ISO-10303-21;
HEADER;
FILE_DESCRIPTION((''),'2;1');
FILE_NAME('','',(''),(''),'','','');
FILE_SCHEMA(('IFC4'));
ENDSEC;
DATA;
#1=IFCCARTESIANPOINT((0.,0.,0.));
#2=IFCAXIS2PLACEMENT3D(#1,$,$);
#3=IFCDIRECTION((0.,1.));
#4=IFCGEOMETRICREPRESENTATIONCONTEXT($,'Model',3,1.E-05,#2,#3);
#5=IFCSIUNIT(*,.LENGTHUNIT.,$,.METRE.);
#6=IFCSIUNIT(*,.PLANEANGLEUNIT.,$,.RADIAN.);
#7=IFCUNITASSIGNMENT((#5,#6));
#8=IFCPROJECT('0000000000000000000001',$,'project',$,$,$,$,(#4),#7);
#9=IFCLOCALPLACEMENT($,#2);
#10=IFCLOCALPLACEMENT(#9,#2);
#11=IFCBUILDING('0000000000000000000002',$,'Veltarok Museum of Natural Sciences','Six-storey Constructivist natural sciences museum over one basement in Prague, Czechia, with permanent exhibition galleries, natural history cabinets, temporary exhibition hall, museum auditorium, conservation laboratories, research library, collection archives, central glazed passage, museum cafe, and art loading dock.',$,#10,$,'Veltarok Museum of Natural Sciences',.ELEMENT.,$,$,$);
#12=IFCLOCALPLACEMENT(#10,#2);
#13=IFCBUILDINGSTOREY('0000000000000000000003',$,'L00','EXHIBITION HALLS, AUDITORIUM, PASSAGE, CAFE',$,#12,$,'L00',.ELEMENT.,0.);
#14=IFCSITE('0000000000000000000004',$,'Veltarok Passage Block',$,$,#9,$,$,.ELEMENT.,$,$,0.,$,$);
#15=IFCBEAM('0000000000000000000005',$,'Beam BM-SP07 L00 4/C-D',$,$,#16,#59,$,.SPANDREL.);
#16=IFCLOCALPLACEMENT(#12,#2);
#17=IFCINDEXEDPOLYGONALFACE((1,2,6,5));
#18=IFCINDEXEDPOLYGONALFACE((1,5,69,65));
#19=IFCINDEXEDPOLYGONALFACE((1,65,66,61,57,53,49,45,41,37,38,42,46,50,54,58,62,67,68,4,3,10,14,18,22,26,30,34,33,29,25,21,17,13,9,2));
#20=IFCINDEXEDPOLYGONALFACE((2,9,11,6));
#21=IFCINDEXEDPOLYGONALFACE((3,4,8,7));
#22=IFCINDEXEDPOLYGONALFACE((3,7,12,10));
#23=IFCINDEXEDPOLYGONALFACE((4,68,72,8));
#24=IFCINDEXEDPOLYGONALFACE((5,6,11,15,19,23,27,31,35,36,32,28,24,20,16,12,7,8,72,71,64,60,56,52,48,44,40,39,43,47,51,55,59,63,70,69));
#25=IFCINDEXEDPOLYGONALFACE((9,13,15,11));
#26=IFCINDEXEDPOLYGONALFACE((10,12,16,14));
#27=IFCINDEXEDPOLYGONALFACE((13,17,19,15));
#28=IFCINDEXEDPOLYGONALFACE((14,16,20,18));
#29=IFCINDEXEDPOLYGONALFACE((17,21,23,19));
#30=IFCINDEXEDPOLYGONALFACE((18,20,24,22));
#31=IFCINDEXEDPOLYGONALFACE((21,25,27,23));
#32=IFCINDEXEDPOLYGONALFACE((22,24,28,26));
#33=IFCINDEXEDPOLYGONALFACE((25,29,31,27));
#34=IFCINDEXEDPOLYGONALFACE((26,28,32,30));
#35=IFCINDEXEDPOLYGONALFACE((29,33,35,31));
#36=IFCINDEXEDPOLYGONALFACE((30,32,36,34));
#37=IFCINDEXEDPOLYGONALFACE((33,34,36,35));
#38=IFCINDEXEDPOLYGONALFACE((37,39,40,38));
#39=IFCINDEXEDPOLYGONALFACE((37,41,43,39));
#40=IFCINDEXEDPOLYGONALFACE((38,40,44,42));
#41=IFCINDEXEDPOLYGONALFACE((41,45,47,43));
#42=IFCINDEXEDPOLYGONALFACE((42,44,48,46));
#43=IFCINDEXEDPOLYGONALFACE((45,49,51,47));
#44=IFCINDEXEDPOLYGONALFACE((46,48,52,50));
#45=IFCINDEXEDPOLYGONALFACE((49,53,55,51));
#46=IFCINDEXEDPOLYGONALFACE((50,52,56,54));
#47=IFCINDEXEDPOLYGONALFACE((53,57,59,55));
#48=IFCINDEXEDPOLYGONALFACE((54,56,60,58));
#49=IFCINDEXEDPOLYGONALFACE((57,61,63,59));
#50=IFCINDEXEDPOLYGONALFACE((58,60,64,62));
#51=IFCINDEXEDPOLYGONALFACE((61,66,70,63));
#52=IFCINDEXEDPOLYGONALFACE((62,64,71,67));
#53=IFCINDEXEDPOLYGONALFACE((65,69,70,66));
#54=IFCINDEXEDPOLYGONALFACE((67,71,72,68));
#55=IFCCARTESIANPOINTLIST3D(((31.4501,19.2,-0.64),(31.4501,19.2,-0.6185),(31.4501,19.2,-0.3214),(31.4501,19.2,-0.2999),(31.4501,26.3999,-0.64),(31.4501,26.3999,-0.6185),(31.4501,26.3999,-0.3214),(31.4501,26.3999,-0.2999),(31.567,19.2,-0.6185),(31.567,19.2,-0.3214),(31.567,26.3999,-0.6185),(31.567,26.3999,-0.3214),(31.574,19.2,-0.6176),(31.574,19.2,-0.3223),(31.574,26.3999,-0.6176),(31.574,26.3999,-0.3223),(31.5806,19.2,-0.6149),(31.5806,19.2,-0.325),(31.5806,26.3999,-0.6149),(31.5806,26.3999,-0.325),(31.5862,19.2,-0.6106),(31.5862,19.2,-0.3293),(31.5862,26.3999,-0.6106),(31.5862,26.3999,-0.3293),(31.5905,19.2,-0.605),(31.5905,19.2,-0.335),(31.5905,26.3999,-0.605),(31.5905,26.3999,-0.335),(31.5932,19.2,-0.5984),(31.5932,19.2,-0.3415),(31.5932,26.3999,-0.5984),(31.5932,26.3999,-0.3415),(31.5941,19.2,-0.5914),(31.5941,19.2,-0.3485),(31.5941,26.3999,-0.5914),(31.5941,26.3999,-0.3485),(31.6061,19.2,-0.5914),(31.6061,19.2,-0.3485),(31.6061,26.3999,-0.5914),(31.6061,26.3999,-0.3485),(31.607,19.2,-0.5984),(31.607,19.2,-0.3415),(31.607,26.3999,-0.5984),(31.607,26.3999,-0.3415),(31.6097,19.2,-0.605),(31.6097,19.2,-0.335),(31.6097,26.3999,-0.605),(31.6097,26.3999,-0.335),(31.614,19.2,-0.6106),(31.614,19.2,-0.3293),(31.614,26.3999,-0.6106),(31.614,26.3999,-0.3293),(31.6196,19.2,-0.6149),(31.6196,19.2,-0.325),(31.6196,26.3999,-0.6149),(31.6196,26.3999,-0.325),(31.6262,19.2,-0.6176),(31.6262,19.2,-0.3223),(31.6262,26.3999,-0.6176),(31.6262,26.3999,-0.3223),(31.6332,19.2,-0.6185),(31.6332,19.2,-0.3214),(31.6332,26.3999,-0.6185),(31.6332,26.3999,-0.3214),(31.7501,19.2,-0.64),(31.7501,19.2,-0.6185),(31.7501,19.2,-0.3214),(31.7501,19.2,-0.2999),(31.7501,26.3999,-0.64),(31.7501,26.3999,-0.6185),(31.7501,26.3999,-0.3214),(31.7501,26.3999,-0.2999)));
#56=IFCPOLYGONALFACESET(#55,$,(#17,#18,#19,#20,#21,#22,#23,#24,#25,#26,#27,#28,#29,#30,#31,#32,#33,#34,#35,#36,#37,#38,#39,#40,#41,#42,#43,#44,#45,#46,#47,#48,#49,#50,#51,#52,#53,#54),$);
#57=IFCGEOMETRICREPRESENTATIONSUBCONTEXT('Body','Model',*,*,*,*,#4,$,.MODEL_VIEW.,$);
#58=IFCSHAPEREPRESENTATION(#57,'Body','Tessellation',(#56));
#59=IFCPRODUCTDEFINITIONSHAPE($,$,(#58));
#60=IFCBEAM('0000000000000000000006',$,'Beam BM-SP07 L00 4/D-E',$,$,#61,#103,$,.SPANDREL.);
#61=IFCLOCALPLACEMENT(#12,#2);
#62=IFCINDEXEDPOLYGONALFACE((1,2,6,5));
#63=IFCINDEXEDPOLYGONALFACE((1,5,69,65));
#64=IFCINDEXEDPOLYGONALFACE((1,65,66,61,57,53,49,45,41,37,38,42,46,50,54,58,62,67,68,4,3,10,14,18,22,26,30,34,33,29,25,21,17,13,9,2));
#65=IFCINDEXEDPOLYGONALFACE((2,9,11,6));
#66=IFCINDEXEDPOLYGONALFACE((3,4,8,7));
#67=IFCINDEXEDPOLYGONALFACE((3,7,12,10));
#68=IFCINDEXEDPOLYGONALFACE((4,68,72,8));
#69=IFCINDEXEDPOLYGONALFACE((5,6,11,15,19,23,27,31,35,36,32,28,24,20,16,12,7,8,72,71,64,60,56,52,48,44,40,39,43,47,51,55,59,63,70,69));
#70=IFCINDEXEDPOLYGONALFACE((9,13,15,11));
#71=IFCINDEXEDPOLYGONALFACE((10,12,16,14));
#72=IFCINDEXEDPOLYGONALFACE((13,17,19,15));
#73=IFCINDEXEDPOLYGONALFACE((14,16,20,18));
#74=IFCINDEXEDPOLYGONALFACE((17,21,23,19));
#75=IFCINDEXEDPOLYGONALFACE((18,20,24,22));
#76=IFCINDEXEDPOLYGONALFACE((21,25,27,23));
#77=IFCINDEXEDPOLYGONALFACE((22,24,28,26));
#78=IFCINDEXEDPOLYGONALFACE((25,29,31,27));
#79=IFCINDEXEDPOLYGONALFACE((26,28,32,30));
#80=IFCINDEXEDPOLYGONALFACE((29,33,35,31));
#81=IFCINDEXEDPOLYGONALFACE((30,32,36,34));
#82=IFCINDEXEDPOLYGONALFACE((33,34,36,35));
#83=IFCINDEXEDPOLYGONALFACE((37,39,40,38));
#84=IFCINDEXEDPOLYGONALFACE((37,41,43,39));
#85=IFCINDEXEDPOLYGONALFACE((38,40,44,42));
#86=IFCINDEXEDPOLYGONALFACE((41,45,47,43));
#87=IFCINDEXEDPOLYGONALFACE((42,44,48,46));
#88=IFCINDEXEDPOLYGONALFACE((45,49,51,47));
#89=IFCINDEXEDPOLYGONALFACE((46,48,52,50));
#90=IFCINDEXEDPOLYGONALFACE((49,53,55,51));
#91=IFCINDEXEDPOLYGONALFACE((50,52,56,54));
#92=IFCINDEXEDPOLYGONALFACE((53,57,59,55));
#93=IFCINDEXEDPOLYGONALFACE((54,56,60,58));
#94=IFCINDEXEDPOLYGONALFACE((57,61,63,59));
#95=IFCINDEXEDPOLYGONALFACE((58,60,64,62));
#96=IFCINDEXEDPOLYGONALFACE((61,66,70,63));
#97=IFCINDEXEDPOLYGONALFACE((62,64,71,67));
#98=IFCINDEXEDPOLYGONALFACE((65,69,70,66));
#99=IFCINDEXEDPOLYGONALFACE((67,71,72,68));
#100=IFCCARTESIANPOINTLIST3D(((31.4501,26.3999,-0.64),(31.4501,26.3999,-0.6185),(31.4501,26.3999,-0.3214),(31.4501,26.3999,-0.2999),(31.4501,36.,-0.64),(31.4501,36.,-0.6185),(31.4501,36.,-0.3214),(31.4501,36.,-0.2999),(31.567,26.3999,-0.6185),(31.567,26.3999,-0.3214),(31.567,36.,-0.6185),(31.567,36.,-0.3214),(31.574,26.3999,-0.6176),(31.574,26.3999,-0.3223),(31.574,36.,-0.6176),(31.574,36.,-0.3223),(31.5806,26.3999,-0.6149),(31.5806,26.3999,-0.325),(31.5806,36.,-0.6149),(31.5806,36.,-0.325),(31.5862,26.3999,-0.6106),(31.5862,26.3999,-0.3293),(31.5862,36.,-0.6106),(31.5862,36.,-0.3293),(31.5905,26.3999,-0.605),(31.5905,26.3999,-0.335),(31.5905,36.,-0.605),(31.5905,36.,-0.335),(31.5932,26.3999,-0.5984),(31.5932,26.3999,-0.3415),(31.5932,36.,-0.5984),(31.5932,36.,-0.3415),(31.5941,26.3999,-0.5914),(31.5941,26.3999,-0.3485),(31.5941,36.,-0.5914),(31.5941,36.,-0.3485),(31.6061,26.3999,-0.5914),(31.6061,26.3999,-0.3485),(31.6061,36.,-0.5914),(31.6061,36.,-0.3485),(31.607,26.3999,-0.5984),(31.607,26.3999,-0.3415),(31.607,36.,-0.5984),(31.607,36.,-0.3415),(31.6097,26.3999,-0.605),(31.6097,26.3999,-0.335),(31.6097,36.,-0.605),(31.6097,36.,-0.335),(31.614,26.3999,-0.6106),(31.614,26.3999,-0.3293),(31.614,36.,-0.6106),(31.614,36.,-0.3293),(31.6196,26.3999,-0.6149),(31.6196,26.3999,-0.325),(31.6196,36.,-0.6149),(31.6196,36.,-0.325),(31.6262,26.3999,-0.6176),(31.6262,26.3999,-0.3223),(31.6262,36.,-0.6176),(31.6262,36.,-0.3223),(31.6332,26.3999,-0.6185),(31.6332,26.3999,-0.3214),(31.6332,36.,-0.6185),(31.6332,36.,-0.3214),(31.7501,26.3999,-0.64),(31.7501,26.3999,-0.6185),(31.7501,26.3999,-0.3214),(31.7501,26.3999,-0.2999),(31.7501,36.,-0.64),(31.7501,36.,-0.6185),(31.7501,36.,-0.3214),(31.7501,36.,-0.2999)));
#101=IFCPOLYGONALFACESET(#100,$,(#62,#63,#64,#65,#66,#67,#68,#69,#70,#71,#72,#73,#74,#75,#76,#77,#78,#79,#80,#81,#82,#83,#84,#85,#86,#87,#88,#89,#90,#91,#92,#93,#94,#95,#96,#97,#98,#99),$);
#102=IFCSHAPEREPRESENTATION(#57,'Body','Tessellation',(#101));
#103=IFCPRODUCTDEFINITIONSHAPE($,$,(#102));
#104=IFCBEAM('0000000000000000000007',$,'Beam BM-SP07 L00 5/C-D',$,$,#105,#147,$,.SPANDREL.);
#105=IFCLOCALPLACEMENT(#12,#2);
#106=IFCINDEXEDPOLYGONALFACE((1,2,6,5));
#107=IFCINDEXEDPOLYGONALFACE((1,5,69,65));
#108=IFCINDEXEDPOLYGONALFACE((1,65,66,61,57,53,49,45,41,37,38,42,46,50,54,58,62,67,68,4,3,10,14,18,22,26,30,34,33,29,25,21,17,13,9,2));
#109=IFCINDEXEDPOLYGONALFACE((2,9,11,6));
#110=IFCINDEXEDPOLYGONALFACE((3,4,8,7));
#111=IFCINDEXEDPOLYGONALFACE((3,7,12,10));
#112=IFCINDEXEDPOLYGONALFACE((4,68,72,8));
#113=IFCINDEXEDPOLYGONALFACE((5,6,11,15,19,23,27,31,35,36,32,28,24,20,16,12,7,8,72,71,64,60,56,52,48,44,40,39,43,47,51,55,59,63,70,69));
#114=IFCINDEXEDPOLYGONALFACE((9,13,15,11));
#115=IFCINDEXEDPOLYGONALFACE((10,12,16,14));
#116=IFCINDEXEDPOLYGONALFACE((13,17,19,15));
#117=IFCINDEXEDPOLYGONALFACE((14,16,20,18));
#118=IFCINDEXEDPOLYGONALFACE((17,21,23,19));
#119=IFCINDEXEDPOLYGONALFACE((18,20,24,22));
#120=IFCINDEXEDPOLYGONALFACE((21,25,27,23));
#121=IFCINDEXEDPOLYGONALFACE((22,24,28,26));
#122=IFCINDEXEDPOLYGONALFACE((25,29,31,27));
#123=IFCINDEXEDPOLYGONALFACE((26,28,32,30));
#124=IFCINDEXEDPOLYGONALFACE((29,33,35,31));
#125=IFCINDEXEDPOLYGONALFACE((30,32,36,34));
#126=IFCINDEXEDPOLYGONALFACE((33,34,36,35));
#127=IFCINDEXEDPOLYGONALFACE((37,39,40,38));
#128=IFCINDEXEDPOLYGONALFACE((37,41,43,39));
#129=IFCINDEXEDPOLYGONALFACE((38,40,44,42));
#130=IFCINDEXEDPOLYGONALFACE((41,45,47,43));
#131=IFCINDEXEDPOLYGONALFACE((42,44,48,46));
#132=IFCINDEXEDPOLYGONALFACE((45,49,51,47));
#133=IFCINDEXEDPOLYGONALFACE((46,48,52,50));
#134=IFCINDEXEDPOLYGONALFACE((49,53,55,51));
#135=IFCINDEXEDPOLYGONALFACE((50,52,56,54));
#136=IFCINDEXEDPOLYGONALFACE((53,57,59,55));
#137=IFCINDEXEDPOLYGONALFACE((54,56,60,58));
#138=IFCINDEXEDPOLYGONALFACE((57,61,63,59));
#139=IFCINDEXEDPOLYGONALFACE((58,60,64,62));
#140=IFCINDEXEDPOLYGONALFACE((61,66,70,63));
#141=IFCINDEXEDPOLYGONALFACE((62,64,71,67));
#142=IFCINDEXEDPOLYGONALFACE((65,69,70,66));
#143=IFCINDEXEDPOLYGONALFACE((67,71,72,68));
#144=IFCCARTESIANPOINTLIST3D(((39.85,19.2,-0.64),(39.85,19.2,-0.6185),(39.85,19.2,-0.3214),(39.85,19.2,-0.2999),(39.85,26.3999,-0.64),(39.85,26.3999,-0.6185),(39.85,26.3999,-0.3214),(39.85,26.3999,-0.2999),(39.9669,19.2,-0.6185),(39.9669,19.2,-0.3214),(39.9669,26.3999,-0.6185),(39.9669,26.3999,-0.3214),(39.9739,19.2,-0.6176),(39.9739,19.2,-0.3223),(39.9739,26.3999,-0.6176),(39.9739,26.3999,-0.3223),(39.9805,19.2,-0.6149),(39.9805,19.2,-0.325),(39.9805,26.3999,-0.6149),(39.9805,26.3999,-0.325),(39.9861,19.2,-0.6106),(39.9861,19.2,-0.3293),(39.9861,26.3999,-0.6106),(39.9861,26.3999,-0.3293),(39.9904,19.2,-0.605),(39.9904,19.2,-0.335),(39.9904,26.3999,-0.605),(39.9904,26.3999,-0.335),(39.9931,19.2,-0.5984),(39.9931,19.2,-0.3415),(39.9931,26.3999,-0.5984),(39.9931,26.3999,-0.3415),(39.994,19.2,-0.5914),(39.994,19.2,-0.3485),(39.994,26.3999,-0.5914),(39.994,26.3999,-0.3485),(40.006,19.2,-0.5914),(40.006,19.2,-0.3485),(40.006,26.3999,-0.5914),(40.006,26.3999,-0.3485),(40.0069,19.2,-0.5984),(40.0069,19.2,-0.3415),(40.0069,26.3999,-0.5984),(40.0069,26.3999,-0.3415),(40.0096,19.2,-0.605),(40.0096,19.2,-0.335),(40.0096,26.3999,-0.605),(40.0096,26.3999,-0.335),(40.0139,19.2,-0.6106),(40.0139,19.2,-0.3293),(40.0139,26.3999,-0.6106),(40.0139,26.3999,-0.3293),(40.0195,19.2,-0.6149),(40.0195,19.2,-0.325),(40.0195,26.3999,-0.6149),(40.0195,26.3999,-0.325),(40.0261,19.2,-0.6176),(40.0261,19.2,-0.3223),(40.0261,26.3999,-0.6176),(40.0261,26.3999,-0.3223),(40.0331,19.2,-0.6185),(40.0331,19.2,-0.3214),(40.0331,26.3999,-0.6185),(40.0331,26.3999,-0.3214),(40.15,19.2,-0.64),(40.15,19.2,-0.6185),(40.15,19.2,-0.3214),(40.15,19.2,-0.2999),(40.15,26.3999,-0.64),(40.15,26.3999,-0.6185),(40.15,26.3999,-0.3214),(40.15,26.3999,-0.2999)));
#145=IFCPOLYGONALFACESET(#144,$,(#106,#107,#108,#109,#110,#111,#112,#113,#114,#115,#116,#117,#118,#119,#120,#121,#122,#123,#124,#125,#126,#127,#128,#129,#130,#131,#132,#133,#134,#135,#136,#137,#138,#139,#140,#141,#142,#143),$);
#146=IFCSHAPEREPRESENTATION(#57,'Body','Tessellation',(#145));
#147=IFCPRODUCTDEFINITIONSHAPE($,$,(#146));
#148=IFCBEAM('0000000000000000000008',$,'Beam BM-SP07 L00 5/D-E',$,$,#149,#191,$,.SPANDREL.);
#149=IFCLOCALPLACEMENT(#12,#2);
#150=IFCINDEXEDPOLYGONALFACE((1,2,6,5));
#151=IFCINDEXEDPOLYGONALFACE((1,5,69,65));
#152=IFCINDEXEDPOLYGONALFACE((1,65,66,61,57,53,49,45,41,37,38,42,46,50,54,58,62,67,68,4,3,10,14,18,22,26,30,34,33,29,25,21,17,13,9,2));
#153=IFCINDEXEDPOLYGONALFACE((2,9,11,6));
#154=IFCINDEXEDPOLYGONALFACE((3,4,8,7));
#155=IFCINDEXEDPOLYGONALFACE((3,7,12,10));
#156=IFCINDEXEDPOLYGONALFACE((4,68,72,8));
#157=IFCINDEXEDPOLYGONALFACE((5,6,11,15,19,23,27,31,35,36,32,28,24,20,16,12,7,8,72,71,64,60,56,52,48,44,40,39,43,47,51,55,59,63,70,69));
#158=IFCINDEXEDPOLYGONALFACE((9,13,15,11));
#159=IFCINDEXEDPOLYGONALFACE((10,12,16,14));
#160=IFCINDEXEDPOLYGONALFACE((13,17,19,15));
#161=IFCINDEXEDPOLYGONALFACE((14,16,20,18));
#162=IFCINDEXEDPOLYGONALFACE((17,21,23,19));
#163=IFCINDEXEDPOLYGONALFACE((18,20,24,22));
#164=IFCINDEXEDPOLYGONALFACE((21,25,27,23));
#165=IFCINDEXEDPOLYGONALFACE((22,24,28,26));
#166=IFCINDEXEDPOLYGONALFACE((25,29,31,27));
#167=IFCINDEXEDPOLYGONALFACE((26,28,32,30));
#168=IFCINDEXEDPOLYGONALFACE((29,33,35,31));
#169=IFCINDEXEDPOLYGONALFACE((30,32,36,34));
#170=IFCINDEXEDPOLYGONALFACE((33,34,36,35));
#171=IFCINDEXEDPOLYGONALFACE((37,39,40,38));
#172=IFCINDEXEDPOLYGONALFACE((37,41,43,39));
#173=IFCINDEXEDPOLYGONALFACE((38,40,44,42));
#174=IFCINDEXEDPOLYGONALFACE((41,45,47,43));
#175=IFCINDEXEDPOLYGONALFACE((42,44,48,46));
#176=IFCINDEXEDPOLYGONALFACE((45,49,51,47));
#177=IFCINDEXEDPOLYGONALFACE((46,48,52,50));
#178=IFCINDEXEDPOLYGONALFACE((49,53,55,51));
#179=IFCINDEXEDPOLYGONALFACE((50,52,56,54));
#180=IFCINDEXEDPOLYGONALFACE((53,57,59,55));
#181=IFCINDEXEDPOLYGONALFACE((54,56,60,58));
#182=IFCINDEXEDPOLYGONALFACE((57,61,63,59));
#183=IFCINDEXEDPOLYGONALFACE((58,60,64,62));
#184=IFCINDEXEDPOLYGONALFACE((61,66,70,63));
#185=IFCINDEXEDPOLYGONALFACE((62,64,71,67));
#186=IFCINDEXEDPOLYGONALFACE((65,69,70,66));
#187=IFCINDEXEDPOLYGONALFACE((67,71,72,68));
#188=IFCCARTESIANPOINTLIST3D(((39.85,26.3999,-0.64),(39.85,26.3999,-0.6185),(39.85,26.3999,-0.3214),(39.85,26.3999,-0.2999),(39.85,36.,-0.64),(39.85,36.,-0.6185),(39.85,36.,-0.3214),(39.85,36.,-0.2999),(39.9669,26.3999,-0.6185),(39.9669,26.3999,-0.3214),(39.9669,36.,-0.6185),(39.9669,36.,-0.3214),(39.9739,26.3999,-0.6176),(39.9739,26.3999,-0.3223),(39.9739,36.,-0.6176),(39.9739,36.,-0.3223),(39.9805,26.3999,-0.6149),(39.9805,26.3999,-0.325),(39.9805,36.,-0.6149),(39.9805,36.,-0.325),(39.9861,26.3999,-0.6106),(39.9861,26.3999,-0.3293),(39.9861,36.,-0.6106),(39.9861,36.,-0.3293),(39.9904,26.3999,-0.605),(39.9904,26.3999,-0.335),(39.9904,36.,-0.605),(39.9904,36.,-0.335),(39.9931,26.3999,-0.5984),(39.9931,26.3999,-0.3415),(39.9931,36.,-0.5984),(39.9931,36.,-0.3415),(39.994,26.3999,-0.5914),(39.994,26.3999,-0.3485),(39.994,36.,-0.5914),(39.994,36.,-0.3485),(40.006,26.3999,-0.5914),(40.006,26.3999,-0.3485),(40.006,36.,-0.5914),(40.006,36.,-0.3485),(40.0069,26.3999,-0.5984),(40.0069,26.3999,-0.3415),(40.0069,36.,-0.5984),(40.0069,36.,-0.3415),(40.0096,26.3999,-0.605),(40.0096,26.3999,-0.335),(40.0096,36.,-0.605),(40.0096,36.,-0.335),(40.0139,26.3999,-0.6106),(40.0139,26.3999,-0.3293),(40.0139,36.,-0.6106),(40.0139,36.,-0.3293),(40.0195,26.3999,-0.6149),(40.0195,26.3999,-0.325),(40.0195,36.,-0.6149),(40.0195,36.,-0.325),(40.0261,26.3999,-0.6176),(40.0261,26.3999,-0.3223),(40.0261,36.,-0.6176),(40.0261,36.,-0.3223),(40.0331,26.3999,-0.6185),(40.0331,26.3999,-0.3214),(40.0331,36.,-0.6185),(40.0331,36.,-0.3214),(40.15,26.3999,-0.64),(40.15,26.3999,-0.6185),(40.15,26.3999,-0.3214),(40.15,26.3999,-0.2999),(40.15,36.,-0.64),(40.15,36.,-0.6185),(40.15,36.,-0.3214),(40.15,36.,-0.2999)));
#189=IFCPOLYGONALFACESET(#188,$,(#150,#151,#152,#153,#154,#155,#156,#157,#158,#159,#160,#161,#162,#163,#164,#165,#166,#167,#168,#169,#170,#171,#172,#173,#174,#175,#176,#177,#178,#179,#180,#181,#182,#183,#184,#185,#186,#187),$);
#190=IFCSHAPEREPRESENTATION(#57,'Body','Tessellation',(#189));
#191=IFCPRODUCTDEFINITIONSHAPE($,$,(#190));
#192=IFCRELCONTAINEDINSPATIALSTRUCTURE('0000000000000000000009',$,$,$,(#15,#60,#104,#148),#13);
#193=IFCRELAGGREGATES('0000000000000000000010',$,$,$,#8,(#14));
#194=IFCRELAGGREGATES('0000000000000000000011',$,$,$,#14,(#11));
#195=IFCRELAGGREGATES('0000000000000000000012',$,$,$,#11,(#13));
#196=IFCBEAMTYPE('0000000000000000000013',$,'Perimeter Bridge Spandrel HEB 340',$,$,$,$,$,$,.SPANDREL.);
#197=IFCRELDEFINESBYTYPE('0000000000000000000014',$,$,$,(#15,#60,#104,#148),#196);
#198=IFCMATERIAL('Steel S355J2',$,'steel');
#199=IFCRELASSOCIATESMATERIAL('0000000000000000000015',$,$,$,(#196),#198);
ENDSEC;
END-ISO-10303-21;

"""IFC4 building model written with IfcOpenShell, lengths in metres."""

from ifc_helpers import new_model, si_unit, direction, frame, origin, origin_2d, place, context, subcontext, project, spatial, i_section, extrude, material, material_profile, profile_set, type_object, element, save


model = new_model("IFC4")

# Units and contexts
model_context = context("Model", 3, precision=1e-05, world=origin(), true_north=direction((0.0, 1.0)))
body_context = subcontext(model_context, "Body", "Model", "MODEL_VIEW")
ifc_project = project(units=[si_unit("LENGTHUNIT", "METRE"), si_unit("PLANEANGLEUNIT", "RADIAN")], contexts=[model_context])

# Site, building, storey
site_placement = place(None, origin())
site = spatial("IfcSite", under=ifc_project, at=site_placement, Name="Veltarok Passage Block", CompositionType="ELEMENT", RefElevation=0.0)
building_placement = place(site_placement, origin())
building = spatial("IfcBuilding", under=site, at=building_placement, Name="Veltarok Museum of Natural Sciences", Description="Six-storey Constructivist natural sciences museum over one basement in Prague, Czechia, with permanent exhibition galleries, natural history cabinets, temporary exhibition hall, museum auditorium, conservation laboratories, research library, collection archives, central glazed passage, museum cafe, and art loading dock.", LongName="Veltarok Museum of Natural Sciences", CompositionType="ELEMENT")
storey_placement = place(building_placement, origin())
storey = spatial("IfcBuildingStorey", under=building, at=storey_placement, Name="L00", Description="EXHIBITION HALLS, AUDITORIUM, PASSAGE, CAFE", LongName="L00", CompositionType="ELEMENT", Elevation=0.0)

# Shared definitions
ifc_material_1 = material(Name="Steel S355J2", Category="steel")

# Beams
ifc_material_profile_1 = material_profile(ifc_material_1, i_section(OverallWidth=0.3, OverallDepth=0.3401, WebThickness=0.012, FlangeThickness=0.0215, FilletRadius=0.0271, at=origin_2d()), Name="HEB 340")
ifc_profile_set_1 = profile_set([ifc_material_profile_1], Name="Steel S355J2")
beam_type_1 = type_object("IfcBeamType", Name="Perimeter Bridge Spandrel HEB 340", PredefinedType="SPANDREL", material=ifc_profile_set_1)
beam_1_placement = place(storey_placement, frame((31.6001, 19.2, -0.47), z_axis=(0.0, 1.0, 0.0), x_axis=(-1.0, 0.0, 0.0)))
element("IfcBeam", 1, at=beam_1_placement, inside=storey, type_object=beam_type_1, Name="Beam BM-SP07 L00 4/C-D", PredefinedType="SPANDREL", context=body_context, shape_type="SweptSolid", body=[
    extrude(i_section(OverallWidth=0.3, OverallDepth=0.3401, WebThickness=0.012, FlangeThickness=0.0215, FilletRadius=0.0271, at=origin_2d()), origin(), (0.0, 0.0, 1.0), 7.2),
])
beam_2_placement = place(storey_placement, frame((31.6001, 26.3999, -0.47), z_axis=(0.0, 1.0, 0.0), x_axis=(-1.0, 0.0, 0.0)))
element("IfcBeam", 2, at=beam_2_placement, inside=storey, type_object=beam_type_1, Name="Beam BM-SP07 L00 4/D-E", PredefinedType="SPANDREL", context=body_context, shape_type="SweptSolid", body=[
    extrude(i_section(OverallWidth=0.3, OverallDepth=0.3401, WebThickness=0.012, FlangeThickness=0.0215, FilletRadius=0.0271, at=origin_2d()), origin(), (0.0, 0.0, 1.0), 9.6001),
])
beam_3_placement = place(storey_placement, frame((40.0, 19.2, -0.47), z_axis=(0.0, 1.0, 0.0), x_axis=(-1.0, 0.0, 0.0)))
element("IfcBeam", 3, at=beam_3_placement, inside=storey, type_object=beam_type_1, Name="Beam BM-SP07 L00 5/C-D", PredefinedType="SPANDREL", context=body_context, shape_type="SweptSolid", body=[
    extrude(i_section(OverallWidth=0.3, OverallDepth=0.3401, WebThickness=0.012, FlangeThickness=0.0215, FilletRadius=0.0271, at=origin_2d()), origin(), (0.0, 0.0, 1.0), 7.2),
])
beam_4_placement = place(storey_placement, frame((40.0, 26.3999, -0.47), z_axis=(0.0, 1.0, 0.0), x_axis=(-1.0, 0.0, 0.0)))
element("IfcBeam", 4, at=beam_4_placement, inside=storey, type_object=beam_type_1, Name="Beam BM-SP07 L00 5/D-E", PredefinedType="SPANDREL", context=body_context, shape_type="SweptSolid", body=[
    extrude(i_section(OverallWidth=0.3, OverallDepth=0.3401, WebThickness=0.012, FlangeThickness=0.0215, FilletRadius=0.0271, at=origin_2d()), origin(), (0.0, 0.0, 1.0), 9.6001),
])

save(model, "model.ifc")
